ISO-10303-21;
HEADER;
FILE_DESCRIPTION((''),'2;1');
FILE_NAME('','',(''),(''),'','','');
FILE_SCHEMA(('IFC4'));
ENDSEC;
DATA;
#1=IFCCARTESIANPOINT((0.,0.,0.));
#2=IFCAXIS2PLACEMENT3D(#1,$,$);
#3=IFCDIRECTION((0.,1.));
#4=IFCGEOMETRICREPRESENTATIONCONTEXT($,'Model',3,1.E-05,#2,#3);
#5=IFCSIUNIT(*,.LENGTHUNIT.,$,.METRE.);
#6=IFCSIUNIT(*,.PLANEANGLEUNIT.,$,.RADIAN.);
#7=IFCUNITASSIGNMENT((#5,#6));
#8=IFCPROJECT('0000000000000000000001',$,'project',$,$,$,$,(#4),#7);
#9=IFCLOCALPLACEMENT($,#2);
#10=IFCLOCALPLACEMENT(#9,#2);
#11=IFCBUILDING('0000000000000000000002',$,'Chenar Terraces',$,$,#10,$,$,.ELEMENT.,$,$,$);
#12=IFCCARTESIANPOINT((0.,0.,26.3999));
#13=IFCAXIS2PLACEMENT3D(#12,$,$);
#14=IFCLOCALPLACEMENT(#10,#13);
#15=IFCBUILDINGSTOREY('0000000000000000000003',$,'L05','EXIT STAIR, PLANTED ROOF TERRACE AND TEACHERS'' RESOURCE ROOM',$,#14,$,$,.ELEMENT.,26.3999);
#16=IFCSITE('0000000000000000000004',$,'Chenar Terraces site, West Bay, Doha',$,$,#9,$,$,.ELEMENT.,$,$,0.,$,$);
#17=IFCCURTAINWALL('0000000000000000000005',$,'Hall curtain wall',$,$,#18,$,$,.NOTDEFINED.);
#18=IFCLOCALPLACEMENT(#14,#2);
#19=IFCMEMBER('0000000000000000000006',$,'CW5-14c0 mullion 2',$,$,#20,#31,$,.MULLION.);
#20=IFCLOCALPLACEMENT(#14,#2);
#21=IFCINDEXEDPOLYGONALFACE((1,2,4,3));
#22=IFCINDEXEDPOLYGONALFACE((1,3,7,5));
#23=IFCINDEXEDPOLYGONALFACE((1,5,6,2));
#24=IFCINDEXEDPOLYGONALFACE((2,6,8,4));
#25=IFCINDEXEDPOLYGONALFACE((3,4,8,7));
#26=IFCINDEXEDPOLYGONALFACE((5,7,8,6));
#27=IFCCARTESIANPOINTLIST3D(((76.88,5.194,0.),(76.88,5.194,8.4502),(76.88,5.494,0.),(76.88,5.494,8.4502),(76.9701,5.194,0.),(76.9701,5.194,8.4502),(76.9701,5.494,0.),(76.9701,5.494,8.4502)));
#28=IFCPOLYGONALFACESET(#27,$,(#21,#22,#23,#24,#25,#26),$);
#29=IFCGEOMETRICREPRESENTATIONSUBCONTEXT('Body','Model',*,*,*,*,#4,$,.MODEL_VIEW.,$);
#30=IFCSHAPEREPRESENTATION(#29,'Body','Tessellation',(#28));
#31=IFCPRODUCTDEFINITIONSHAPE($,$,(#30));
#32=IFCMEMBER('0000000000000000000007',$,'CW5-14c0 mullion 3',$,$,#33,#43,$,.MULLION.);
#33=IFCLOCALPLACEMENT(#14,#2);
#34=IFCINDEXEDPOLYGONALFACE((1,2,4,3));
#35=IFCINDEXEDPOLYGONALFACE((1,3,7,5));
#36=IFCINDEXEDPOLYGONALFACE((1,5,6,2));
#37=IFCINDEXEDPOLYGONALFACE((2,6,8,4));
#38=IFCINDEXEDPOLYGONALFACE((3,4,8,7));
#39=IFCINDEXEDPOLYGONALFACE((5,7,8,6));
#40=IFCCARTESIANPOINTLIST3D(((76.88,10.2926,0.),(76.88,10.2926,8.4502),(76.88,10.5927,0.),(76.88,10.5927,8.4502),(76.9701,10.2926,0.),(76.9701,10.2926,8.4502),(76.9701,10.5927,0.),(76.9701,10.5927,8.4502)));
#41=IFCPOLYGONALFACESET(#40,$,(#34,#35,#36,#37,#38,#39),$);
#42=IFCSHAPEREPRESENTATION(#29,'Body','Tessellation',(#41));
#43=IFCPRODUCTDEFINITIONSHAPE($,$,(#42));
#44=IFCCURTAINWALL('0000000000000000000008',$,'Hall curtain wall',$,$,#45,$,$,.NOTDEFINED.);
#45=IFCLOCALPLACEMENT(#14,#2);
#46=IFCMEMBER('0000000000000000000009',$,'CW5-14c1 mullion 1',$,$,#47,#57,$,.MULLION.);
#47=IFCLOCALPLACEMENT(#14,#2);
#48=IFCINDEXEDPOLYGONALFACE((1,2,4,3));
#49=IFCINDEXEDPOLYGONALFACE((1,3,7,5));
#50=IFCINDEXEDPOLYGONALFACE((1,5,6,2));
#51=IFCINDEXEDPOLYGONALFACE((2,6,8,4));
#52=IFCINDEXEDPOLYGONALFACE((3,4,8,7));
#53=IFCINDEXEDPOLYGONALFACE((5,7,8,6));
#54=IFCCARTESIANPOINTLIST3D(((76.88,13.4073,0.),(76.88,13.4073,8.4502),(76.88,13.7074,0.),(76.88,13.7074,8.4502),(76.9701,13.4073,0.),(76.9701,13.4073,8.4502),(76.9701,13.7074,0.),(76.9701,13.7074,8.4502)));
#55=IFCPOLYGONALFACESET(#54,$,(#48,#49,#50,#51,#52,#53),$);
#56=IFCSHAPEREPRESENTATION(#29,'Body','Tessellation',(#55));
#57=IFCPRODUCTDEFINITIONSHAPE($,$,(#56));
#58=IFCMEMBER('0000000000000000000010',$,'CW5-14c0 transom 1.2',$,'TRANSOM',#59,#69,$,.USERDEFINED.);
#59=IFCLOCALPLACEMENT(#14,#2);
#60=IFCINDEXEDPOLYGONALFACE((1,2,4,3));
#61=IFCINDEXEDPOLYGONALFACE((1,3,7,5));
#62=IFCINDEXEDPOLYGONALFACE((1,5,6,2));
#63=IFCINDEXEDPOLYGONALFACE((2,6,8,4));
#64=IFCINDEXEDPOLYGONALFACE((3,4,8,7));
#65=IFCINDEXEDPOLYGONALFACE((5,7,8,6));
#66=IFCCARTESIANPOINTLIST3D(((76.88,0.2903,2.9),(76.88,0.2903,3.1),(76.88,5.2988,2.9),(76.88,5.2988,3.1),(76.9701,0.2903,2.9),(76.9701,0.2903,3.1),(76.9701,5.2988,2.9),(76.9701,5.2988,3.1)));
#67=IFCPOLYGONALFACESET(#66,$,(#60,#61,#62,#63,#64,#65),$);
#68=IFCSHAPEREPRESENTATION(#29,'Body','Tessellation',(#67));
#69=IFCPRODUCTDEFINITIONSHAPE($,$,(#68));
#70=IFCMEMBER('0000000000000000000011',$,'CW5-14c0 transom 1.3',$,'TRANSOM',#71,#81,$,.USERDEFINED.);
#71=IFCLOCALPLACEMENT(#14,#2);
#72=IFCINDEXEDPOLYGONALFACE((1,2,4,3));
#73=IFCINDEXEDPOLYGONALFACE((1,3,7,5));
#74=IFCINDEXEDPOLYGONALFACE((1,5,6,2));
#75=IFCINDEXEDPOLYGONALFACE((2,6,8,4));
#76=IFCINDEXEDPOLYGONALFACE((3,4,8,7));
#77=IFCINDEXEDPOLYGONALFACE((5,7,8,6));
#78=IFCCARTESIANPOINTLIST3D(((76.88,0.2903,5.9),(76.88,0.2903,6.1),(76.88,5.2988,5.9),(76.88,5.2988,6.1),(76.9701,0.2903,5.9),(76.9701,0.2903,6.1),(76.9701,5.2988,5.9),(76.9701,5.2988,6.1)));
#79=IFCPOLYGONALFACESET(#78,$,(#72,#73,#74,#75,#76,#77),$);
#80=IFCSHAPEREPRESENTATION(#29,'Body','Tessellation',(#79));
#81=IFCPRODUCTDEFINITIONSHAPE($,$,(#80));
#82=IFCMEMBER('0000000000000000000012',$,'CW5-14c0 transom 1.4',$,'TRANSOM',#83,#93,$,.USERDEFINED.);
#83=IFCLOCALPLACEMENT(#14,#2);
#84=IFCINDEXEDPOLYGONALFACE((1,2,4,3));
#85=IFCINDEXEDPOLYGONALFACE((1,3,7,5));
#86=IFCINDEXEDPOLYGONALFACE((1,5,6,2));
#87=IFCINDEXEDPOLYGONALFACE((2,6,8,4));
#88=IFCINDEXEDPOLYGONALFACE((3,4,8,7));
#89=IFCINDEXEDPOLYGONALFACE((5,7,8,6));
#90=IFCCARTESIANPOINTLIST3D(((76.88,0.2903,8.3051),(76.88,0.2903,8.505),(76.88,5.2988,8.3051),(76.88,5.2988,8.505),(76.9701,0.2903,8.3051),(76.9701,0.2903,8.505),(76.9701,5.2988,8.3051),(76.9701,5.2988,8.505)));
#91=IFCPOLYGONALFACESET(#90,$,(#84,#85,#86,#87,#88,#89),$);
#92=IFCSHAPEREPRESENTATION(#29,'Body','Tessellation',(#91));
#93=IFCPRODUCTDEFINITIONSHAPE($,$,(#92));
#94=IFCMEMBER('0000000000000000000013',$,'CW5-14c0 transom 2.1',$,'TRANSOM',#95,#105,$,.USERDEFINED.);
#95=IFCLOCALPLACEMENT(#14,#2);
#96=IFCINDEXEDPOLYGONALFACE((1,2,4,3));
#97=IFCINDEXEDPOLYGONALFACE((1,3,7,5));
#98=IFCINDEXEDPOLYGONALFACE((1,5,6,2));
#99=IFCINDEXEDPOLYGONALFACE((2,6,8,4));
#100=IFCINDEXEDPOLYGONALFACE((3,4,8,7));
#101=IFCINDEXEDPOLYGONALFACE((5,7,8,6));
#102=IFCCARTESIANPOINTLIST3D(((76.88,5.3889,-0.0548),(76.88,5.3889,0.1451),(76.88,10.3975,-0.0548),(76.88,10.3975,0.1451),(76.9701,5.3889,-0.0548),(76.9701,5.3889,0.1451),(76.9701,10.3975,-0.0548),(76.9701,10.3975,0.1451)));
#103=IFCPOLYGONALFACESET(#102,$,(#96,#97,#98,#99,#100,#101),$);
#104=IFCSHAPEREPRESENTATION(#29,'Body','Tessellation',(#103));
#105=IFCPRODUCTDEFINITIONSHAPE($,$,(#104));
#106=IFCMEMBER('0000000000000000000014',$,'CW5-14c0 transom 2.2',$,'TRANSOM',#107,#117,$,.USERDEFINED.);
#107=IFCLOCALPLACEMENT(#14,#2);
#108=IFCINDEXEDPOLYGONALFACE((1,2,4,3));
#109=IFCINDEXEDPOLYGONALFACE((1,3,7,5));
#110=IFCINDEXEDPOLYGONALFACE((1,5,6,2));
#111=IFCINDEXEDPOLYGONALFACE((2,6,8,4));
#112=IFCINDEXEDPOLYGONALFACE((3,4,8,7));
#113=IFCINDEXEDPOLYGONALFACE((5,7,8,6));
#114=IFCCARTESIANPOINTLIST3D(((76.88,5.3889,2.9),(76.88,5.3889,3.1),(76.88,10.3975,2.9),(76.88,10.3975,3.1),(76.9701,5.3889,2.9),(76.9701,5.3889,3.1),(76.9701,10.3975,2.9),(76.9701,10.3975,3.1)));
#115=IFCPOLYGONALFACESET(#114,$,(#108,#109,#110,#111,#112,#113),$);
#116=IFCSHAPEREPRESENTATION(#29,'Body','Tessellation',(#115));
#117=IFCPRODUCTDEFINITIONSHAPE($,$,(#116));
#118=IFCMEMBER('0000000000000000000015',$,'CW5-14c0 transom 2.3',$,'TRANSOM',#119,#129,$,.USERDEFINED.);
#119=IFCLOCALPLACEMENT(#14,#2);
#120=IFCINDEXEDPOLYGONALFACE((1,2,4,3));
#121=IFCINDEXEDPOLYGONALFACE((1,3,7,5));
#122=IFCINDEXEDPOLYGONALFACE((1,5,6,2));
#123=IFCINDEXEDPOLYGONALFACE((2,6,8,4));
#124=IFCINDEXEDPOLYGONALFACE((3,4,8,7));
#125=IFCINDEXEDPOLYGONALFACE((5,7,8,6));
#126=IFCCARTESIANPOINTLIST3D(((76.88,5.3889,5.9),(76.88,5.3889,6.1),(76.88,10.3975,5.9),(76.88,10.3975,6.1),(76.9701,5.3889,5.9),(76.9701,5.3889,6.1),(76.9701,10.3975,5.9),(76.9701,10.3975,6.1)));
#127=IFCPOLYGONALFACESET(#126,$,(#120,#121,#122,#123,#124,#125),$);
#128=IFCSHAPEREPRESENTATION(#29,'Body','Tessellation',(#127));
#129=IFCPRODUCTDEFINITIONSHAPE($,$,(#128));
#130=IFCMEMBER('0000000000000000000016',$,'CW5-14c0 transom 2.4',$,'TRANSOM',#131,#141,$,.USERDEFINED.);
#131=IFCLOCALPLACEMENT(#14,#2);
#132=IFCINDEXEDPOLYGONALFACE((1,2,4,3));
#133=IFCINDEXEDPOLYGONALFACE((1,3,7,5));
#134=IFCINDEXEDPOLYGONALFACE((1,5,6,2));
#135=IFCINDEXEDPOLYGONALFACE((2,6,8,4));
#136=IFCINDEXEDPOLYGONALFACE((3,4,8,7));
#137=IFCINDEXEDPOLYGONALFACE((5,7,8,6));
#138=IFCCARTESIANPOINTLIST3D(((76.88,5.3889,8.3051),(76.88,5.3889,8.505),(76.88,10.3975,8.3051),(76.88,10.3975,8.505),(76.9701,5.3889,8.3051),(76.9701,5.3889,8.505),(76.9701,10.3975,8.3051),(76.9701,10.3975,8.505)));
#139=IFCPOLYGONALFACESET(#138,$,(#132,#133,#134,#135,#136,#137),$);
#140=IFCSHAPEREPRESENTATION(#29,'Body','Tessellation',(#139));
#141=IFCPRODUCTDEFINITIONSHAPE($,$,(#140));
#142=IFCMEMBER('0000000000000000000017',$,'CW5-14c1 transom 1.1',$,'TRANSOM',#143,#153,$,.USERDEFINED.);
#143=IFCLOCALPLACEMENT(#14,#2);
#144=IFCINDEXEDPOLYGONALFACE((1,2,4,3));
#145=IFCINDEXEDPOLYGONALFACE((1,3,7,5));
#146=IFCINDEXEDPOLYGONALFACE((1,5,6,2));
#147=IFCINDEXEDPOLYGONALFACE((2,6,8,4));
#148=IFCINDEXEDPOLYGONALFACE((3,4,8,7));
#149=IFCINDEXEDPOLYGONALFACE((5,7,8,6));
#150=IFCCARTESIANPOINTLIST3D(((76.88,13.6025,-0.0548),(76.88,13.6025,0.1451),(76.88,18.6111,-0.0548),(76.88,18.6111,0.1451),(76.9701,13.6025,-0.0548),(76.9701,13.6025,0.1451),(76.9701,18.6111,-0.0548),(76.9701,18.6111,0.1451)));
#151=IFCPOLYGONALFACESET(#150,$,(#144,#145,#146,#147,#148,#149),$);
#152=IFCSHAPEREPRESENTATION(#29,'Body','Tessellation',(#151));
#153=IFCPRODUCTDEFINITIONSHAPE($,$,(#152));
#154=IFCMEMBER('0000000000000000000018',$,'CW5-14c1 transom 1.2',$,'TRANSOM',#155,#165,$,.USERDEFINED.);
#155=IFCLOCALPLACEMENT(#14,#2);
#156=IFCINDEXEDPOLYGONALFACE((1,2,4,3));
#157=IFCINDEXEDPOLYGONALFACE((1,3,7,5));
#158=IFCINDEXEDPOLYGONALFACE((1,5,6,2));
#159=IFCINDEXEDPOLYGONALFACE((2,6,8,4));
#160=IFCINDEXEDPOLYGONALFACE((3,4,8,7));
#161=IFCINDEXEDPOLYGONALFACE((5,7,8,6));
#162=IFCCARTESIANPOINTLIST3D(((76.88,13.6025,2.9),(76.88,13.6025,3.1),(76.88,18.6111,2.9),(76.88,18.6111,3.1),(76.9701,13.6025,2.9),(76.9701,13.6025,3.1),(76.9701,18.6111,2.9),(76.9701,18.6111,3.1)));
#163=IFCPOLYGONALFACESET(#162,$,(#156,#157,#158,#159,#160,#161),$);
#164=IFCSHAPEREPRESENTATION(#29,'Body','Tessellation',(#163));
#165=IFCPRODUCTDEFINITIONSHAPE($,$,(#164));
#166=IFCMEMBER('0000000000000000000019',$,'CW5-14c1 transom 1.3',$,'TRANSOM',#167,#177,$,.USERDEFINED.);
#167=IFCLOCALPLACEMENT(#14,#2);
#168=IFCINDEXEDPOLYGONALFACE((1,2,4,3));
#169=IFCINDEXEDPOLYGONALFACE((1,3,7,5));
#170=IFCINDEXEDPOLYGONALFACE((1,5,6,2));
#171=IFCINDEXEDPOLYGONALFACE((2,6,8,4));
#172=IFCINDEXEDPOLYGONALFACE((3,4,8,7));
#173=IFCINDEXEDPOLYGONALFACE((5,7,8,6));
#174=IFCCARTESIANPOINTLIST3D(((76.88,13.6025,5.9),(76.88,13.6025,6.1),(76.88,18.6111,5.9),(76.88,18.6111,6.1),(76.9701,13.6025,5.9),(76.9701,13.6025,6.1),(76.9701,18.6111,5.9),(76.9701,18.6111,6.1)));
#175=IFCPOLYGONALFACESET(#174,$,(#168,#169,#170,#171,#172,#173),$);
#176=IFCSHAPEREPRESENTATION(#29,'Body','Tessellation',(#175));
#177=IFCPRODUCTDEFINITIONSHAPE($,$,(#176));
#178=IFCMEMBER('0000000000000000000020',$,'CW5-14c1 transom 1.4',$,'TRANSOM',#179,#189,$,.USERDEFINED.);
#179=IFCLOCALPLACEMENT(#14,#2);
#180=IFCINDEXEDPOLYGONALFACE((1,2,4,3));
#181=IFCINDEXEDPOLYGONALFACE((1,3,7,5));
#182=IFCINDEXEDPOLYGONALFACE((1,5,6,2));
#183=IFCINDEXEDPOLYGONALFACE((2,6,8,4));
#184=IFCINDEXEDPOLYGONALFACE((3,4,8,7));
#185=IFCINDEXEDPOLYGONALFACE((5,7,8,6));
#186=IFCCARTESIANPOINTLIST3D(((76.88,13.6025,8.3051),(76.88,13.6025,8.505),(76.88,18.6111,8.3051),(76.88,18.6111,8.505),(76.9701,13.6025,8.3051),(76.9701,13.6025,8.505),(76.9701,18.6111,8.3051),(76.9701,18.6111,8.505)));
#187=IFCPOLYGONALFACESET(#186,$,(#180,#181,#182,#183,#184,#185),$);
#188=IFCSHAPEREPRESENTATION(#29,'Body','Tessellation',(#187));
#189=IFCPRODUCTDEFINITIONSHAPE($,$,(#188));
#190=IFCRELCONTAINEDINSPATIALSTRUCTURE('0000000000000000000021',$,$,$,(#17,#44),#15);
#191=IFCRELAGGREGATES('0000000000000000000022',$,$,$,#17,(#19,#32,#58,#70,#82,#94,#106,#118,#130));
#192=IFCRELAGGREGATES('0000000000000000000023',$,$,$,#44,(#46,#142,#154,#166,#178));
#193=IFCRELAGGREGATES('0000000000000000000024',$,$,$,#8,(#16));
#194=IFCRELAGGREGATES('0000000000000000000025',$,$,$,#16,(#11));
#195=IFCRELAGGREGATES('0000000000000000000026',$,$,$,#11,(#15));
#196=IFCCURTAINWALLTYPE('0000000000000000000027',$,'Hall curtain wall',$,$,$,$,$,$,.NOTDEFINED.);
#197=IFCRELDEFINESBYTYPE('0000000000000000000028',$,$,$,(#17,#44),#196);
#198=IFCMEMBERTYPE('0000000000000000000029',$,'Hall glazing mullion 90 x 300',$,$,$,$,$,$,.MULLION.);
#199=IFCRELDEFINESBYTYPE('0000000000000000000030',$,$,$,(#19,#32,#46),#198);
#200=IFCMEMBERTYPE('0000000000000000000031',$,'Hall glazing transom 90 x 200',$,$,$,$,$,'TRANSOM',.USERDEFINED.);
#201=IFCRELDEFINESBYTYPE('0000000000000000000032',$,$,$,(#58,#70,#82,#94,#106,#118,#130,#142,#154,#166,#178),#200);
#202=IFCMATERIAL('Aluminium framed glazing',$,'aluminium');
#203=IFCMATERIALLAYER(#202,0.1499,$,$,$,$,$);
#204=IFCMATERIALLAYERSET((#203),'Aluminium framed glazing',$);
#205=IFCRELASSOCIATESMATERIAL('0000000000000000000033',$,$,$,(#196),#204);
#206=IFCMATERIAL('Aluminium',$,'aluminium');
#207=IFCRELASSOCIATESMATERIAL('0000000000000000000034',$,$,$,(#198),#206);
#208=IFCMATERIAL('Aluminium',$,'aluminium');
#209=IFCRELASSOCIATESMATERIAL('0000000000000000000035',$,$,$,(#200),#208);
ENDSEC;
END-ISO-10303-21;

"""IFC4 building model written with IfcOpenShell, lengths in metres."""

from ifc_helpers import new_model, si_unit, direction, frame, origin, origin_2d, place, context, subcontext, project, spatial, rectangle, extrude, material, layer, layer_set, material_profile, profile_set, type_object, element, aggregate, save


model = new_model("IFC4")

# Units and contexts
model_context = context("Model", 3, precision=1e-05, world=origin(), true_north=direction((0.0, 1.0)))
body_context = subcontext(model_context, "Body", "Model", "MODEL_VIEW")
ifc_project = project(units=[si_unit("LENGTHUNIT", "METRE"), si_unit("PLANEANGLEUNIT", "RADIAN")], contexts=[model_context])

# Site, building, storey
site_placement = place(None, origin())
site = spatial("IfcSite", under=ifc_project, at=site_placement, Name="Chenar Terraces site, West Bay, Doha", CompositionType="ELEMENT", RefElevation=0.0)
building_placement = place(site_placement, origin())
building = spatial("IfcBuilding", under=site, at=building_placement, Name="Chenar Terraces", CompositionType="ELEMENT")
storey_placement = place(building_placement, frame((0.0, 0.0, 26.3999)))
storey = spatial("IfcBuildingStorey", under=building, at=storey_placement, Name="L05", Description="EXIT STAIR, PLANTED ROOF TERRACE AND TEACHERS' RESOURCE ROOM", CompositionType="ELEMENT", Elevation=26.3999)

# Curtain wall, members
ifc_material_1 = material(Name="Aluminium framed glazing", Category="aluminium")
ifc_layer_1 = layer(ifc_material_1, 0.1499)
ifc_layer_set_1 = layer_set([ifc_layer_1], Name="Aluminium framed glazing")
curtain_wall_type = type_object("IfcCurtainWallType", Name="Hall curtain wall", PredefinedType="NOTDEFINED", material=ifc_layer_set_1)
placement = place(storey_placement, origin())
curtain_wall_1 = element("IfcCurtainWall", 1, at=placement, inside=storey, type_object=curtain_wall_type, Name="Hall curtain wall", PredefinedType="NOTDEFINED")
ifc_material_2 = material(Name="Aluminium", Category="aluminium")
ifc_material_profile_1 = material_profile(ifc_material_2, rectangle(XDim=0.0901, YDim=0.3, at=origin_2d()), Name="Hall glazing mullion 90 x 300")
ifc_profile_set_1 = profile_set([ifc_material_profile_1], Name="Aluminium")
member_type_1 = type_object("IfcMemberType", Name="Hall glazing mullion 90 x 300", PredefinedType="MULLION", material=ifc_profile_set_1)
member_1_placement = place(storey_placement, frame((76.925, 5.344, 0.0), z_axis=(0.0, 0.0, 1.0), x_axis=(-1.0, 0.0, 0.0)))
member_1 = element("IfcMember", 2, at=member_1_placement, type_object=member_type_1, Name="CW5-14c0 mullion 2", PredefinedType="MULLION", context=body_context, shape_type="SweptSolid", body=[
    extrude(rectangle(XDim=0.0901, YDim=0.3, at=origin_2d()), origin(), (0.0, 0.0, 1.0), 8.4502),
])
member_2_placement = place(storey_placement, frame((76.925, 10.4426, 0.0), z_axis=(0.0, 0.0, 1.0), x_axis=(-1.0, 0.0, 0.0)))
member_2 = element("IfcMember", 3, at=member_2_placement, type_object=member_type_1, Name="CW5-14c0 mullion 3", PredefinedType="MULLION", context=body_context, shape_type="SweptSolid", body=[
    extrude(rectangle(XDim=0.0901, YDim=0.3, at=origin_2d()), origin(), (0.0, 0.0, 1.0), 8.4502),
])

# Curtain wall, member
curtain_wall_2 = element("IfcCurtainWall", 4, at=placement, inside=storey, type_object=curtain_wall_type, Name="Hall curtain wall", PredefinedType="NOTDEFINED")
member_3_placement = place(storey_placement, frame((76.925, 13.5574, 0.0), z_axis=(0.0, 0.0, 1.0), x_axis=(-1.0, 0.0, 0.0)))
member_3 = element("IfcMember", 5, at=member_3_placement, type_object=member_type_1, Name="CW5-14c1 mullion 1", PredefinedType="MULLION", context=body_context, shape_type="SweptSolid", body=[
    extrude(rectangle(XDim=0.0901, YDim=0.3, at=origin_2d()), origin(), (0.0, 0.0, 1.0), 8.4502),
])

# Members
ifc_material_3 = material(Name="Aluminium", Category="aluminium")
ifc_material_profile_2 = material_profile(ifc_material_3, rectangle(XDim=0.0901, YDim=0.2, at=origin_2d()), Name="Hall glazing transom 90 x 200")
ifc_profile_set_2 = profile_set([ifc_material_profile_2], Name="Aluminium")
member_type_2 = type_object("IfcMemberType", Name="Hall glazing transom 90 x 200", ElementType="TRANSOM", PredefinedType="USERDEFINED", material=ifc_profile_set_2)
member_4_placement = place(storey_placement, frame((76.925, 0.2903, 3.0), z_axis=(0.0, 1.0, 0.0), x_axis=(-1.0, 0.0, 0.0)))
member_4 = element("IfcMember", 6, at=member_4_placement, type_object=member_type_2, Name="CW5-14c0 transom 1.2", ObjectType="TRANSOM", PredefinedType="USERDEFINED", context=body_context, shape_type="SweptSolid", body=[
    extrude(rectangle(XDim=0.0901, YDim=0.2, at=origin_2d()), origin(), (0.0, 0.0, 1.0), 5.0085),
])
member_5_placement = place(storey_placement, frame((76.925, 0.2903, 6.0), z_axis=(0.0, 1.0, 0.0), x_axis=(-1.0, 0.0, 0.0)))
member_5 = element("IfcMember", 7, at=member_5_placement, type_object=member_type_2, Name="CW5-14c0 transom 1.3", ObjectType="TRANSOM", PredefinedType="USERDEFINED", context=body_context, shape_type="SweptSolid", body=[
    extrude(rectangle(XDim=0.0901, YDim=0.2, at=origin_2d()), origin(), (0.0, 0.0, 1.0), 5.0085),
])
member_6_placement = place(storey_placement, frame((76.925, 0.2903, 8.405), z_axis=(0.0, 1.0, 0.0), x_axis=(-1.0, 0.0, 0.0)))
member_6 = element("IfcMember", 8, at=member_6_placement, type_object=member_type_2, Name="CW5-14c0 transom 1.4", ObjectType="TRANSOM", PredefinedType="USERDEFINED", context=body_context, shape_type="SweptSolid", body=[
    extrude(rectangle(XDim=0.0901, YDim=0.2, at=origin_2d()), origin(), (0.0, 0.0, 1.0), 5.0085),
])
member_7_placement = place(storey_placement, frame((76.925, 5.3889, 0.0452), z_axis=(0.0, 1.0, 0.0), x_axis=(-1.0, 0.0, 0.0)))
member_7 = element("IfcMember", 9, at=member_7_placement, type_object=member_type_2, Name="CW5-14c0 transom 2.1", ObjectType="TRANSOM", PredefinedType="USERDEFINED", context=body_context, shape_type="SweptSolid", body=[
    extrude(rectangle(XDim=0.0901, YDim=0.2, at=origin_2d()), origin(), (0.0, 0.0, 1.0), 5.0085),
])
member_8_placement = place(storey_placement, frame((76.925, 5.3889, 3.0), z_axis=(0.0, 1.0, 0.0), x_axis=(-1.0, 0.0, 0.0)))
member_8 = element("IfcMember", 10, at=member_8_placement, type_object=member_type_2, Name="CW5-14c0 transom 2.2", ObjectType="TRANSOM", PredefinedType="USERDEFINED", context=body_context, shape_type="SweptSolid", body=[
    extrude(rectangle(XDim=0.0901, YDim=0.2, at=origin_2d()), origin(), (0.0, 0.0, 1.0), 5.0085),
])
member_9_placement = place(storey_placement, frame((76.925, 5.3889, 6.0), z_axis=(0.0, 1.0, 0.0), x_axis=(-1.0, 0.0, 0.0)))
member_9 = element("IfcMember", 11, at=member_9_placement, type_object=member_type_2, Name="CW5-14c0 transom 2.3", ObjectType="TRANSOM", PredefinedType="USERDEFINED", context=body_context, shape_type="SweptSolid", body=[
    extrude(rectangle(XDim=0.0901, YDim=0.2, at=origin_2d()), origin(), (0.0, 0.0, 1.0), 5.0085),
])
member_10_placement = place(storey_placement, frame((76.925, 5.3889, 8.405), z_axis=(0.0, 1.0, 0.0), x_axis=(-1.0, 0.0, 0.0)))
member_10 = element("IfcMember", 12, at=member_10_placement, type_object=member_type_2, Name="CW5-14c0 transom 2.4", ObjectType="TRANSOM", PredefinedType="USERDEFINED", context=body_context, shape_type="SweptSolid", body=[
    extrude(rectangle(XDim=0.0901, YDim=0.2, at=origin_2d()), origin(), (0.0, 0.0, 1.0), 5.0085),
])
member_11_placement = place(storey_placement, frame((76.925, 13.6025, 0.0452), z_axis=(0.0, 1.0, 0.0), x_axis=(-1.0, 0.0, 0.0)))
member_11 = element("IfcMember", 13, at=member_11_placement, type_object=member_type_2, Name="CW5-14c1 transom 1.1", ObjectType="TRANSOM", PredefinedType="USERDEFINED", context=body_context, shape_type="SweptSolid", body=[
    extrude(rectangle(XDim=0.0901, YDim=0.2, at=origin_2d()), origin(), (0.0, 0.0, 1.0), 5.0085),
])
member_12_placement = place(storey_placement, frame((76.925, 13.6025, 3.0), z_axis=(0.0, 1.0, 0.0), x_axis=(-1.0, 0.0, 0.0)))
member_12 = element("IfcMember", 14, at=member_12_placement, type_object=member_type_2, Name="CW5-14c1 transom 1.2", ObjectType="TRANSOM", PredefinedType="USERDEFINED", context=body_context, shape_type="SweptSolid", body=[
    extrude(rectangle(XDim=0.0901, YDim=0.2, at=origin_2d()), origin(), (0.0, 0.0, 1.0), 5.0085),
])
member_13_placement = place(storey_placement, frame((76.925, 13.6025, 6.0), z_axis=(0.0, 1.0, 0.0), x_axis=(-1.0, 0.0, 0.0)))
member_13 = element("IfcMember", 15, at=member_13_placement, type_object=member_type_2, Name="CW5-14c1 transom 1.3", ObjectType="TRANSOM", PredefinedType="USERDEFINED", context=body_context, shape_type="SweptSolid", body=[
    extrude(rectangle(XDim=0.0901, YDim=0.2, at=origin_2d()), origin(), (0.0, 0.0, 1.0), 5.0085),
])
member_14_placement = place(storey_placement, frame((76.925, 13.6025, 8.405), z_axis=(0.0, 1.0, 0.0), x_axis=(-1.0, 0.0, 0.0)))
member_14 = element("IfcMember", 16, at=member_14_placement, type_object=member_type_2, Name="CW5-14c1 transom 1.4", ObjectType="TRANSOM", PredefinedType="USERDEFINED", context=body_context, shape_type="SweptSolid", body=[
    extrude(rectangle(XDim=0.0901, YDim=0.2, at=origin_2d()), origin(), (0.0, 0.0, 1.0), 5.0085),
])

aggregate(curtain_wall_1, [member_1, member_2, member_4, member_5, member_6, member_7, member_8, member_9, member_10])
aggregate(curtain_wall_2, [member_3, member_11, member_12, member_13, member_14])

save(model, "model.ifc")
